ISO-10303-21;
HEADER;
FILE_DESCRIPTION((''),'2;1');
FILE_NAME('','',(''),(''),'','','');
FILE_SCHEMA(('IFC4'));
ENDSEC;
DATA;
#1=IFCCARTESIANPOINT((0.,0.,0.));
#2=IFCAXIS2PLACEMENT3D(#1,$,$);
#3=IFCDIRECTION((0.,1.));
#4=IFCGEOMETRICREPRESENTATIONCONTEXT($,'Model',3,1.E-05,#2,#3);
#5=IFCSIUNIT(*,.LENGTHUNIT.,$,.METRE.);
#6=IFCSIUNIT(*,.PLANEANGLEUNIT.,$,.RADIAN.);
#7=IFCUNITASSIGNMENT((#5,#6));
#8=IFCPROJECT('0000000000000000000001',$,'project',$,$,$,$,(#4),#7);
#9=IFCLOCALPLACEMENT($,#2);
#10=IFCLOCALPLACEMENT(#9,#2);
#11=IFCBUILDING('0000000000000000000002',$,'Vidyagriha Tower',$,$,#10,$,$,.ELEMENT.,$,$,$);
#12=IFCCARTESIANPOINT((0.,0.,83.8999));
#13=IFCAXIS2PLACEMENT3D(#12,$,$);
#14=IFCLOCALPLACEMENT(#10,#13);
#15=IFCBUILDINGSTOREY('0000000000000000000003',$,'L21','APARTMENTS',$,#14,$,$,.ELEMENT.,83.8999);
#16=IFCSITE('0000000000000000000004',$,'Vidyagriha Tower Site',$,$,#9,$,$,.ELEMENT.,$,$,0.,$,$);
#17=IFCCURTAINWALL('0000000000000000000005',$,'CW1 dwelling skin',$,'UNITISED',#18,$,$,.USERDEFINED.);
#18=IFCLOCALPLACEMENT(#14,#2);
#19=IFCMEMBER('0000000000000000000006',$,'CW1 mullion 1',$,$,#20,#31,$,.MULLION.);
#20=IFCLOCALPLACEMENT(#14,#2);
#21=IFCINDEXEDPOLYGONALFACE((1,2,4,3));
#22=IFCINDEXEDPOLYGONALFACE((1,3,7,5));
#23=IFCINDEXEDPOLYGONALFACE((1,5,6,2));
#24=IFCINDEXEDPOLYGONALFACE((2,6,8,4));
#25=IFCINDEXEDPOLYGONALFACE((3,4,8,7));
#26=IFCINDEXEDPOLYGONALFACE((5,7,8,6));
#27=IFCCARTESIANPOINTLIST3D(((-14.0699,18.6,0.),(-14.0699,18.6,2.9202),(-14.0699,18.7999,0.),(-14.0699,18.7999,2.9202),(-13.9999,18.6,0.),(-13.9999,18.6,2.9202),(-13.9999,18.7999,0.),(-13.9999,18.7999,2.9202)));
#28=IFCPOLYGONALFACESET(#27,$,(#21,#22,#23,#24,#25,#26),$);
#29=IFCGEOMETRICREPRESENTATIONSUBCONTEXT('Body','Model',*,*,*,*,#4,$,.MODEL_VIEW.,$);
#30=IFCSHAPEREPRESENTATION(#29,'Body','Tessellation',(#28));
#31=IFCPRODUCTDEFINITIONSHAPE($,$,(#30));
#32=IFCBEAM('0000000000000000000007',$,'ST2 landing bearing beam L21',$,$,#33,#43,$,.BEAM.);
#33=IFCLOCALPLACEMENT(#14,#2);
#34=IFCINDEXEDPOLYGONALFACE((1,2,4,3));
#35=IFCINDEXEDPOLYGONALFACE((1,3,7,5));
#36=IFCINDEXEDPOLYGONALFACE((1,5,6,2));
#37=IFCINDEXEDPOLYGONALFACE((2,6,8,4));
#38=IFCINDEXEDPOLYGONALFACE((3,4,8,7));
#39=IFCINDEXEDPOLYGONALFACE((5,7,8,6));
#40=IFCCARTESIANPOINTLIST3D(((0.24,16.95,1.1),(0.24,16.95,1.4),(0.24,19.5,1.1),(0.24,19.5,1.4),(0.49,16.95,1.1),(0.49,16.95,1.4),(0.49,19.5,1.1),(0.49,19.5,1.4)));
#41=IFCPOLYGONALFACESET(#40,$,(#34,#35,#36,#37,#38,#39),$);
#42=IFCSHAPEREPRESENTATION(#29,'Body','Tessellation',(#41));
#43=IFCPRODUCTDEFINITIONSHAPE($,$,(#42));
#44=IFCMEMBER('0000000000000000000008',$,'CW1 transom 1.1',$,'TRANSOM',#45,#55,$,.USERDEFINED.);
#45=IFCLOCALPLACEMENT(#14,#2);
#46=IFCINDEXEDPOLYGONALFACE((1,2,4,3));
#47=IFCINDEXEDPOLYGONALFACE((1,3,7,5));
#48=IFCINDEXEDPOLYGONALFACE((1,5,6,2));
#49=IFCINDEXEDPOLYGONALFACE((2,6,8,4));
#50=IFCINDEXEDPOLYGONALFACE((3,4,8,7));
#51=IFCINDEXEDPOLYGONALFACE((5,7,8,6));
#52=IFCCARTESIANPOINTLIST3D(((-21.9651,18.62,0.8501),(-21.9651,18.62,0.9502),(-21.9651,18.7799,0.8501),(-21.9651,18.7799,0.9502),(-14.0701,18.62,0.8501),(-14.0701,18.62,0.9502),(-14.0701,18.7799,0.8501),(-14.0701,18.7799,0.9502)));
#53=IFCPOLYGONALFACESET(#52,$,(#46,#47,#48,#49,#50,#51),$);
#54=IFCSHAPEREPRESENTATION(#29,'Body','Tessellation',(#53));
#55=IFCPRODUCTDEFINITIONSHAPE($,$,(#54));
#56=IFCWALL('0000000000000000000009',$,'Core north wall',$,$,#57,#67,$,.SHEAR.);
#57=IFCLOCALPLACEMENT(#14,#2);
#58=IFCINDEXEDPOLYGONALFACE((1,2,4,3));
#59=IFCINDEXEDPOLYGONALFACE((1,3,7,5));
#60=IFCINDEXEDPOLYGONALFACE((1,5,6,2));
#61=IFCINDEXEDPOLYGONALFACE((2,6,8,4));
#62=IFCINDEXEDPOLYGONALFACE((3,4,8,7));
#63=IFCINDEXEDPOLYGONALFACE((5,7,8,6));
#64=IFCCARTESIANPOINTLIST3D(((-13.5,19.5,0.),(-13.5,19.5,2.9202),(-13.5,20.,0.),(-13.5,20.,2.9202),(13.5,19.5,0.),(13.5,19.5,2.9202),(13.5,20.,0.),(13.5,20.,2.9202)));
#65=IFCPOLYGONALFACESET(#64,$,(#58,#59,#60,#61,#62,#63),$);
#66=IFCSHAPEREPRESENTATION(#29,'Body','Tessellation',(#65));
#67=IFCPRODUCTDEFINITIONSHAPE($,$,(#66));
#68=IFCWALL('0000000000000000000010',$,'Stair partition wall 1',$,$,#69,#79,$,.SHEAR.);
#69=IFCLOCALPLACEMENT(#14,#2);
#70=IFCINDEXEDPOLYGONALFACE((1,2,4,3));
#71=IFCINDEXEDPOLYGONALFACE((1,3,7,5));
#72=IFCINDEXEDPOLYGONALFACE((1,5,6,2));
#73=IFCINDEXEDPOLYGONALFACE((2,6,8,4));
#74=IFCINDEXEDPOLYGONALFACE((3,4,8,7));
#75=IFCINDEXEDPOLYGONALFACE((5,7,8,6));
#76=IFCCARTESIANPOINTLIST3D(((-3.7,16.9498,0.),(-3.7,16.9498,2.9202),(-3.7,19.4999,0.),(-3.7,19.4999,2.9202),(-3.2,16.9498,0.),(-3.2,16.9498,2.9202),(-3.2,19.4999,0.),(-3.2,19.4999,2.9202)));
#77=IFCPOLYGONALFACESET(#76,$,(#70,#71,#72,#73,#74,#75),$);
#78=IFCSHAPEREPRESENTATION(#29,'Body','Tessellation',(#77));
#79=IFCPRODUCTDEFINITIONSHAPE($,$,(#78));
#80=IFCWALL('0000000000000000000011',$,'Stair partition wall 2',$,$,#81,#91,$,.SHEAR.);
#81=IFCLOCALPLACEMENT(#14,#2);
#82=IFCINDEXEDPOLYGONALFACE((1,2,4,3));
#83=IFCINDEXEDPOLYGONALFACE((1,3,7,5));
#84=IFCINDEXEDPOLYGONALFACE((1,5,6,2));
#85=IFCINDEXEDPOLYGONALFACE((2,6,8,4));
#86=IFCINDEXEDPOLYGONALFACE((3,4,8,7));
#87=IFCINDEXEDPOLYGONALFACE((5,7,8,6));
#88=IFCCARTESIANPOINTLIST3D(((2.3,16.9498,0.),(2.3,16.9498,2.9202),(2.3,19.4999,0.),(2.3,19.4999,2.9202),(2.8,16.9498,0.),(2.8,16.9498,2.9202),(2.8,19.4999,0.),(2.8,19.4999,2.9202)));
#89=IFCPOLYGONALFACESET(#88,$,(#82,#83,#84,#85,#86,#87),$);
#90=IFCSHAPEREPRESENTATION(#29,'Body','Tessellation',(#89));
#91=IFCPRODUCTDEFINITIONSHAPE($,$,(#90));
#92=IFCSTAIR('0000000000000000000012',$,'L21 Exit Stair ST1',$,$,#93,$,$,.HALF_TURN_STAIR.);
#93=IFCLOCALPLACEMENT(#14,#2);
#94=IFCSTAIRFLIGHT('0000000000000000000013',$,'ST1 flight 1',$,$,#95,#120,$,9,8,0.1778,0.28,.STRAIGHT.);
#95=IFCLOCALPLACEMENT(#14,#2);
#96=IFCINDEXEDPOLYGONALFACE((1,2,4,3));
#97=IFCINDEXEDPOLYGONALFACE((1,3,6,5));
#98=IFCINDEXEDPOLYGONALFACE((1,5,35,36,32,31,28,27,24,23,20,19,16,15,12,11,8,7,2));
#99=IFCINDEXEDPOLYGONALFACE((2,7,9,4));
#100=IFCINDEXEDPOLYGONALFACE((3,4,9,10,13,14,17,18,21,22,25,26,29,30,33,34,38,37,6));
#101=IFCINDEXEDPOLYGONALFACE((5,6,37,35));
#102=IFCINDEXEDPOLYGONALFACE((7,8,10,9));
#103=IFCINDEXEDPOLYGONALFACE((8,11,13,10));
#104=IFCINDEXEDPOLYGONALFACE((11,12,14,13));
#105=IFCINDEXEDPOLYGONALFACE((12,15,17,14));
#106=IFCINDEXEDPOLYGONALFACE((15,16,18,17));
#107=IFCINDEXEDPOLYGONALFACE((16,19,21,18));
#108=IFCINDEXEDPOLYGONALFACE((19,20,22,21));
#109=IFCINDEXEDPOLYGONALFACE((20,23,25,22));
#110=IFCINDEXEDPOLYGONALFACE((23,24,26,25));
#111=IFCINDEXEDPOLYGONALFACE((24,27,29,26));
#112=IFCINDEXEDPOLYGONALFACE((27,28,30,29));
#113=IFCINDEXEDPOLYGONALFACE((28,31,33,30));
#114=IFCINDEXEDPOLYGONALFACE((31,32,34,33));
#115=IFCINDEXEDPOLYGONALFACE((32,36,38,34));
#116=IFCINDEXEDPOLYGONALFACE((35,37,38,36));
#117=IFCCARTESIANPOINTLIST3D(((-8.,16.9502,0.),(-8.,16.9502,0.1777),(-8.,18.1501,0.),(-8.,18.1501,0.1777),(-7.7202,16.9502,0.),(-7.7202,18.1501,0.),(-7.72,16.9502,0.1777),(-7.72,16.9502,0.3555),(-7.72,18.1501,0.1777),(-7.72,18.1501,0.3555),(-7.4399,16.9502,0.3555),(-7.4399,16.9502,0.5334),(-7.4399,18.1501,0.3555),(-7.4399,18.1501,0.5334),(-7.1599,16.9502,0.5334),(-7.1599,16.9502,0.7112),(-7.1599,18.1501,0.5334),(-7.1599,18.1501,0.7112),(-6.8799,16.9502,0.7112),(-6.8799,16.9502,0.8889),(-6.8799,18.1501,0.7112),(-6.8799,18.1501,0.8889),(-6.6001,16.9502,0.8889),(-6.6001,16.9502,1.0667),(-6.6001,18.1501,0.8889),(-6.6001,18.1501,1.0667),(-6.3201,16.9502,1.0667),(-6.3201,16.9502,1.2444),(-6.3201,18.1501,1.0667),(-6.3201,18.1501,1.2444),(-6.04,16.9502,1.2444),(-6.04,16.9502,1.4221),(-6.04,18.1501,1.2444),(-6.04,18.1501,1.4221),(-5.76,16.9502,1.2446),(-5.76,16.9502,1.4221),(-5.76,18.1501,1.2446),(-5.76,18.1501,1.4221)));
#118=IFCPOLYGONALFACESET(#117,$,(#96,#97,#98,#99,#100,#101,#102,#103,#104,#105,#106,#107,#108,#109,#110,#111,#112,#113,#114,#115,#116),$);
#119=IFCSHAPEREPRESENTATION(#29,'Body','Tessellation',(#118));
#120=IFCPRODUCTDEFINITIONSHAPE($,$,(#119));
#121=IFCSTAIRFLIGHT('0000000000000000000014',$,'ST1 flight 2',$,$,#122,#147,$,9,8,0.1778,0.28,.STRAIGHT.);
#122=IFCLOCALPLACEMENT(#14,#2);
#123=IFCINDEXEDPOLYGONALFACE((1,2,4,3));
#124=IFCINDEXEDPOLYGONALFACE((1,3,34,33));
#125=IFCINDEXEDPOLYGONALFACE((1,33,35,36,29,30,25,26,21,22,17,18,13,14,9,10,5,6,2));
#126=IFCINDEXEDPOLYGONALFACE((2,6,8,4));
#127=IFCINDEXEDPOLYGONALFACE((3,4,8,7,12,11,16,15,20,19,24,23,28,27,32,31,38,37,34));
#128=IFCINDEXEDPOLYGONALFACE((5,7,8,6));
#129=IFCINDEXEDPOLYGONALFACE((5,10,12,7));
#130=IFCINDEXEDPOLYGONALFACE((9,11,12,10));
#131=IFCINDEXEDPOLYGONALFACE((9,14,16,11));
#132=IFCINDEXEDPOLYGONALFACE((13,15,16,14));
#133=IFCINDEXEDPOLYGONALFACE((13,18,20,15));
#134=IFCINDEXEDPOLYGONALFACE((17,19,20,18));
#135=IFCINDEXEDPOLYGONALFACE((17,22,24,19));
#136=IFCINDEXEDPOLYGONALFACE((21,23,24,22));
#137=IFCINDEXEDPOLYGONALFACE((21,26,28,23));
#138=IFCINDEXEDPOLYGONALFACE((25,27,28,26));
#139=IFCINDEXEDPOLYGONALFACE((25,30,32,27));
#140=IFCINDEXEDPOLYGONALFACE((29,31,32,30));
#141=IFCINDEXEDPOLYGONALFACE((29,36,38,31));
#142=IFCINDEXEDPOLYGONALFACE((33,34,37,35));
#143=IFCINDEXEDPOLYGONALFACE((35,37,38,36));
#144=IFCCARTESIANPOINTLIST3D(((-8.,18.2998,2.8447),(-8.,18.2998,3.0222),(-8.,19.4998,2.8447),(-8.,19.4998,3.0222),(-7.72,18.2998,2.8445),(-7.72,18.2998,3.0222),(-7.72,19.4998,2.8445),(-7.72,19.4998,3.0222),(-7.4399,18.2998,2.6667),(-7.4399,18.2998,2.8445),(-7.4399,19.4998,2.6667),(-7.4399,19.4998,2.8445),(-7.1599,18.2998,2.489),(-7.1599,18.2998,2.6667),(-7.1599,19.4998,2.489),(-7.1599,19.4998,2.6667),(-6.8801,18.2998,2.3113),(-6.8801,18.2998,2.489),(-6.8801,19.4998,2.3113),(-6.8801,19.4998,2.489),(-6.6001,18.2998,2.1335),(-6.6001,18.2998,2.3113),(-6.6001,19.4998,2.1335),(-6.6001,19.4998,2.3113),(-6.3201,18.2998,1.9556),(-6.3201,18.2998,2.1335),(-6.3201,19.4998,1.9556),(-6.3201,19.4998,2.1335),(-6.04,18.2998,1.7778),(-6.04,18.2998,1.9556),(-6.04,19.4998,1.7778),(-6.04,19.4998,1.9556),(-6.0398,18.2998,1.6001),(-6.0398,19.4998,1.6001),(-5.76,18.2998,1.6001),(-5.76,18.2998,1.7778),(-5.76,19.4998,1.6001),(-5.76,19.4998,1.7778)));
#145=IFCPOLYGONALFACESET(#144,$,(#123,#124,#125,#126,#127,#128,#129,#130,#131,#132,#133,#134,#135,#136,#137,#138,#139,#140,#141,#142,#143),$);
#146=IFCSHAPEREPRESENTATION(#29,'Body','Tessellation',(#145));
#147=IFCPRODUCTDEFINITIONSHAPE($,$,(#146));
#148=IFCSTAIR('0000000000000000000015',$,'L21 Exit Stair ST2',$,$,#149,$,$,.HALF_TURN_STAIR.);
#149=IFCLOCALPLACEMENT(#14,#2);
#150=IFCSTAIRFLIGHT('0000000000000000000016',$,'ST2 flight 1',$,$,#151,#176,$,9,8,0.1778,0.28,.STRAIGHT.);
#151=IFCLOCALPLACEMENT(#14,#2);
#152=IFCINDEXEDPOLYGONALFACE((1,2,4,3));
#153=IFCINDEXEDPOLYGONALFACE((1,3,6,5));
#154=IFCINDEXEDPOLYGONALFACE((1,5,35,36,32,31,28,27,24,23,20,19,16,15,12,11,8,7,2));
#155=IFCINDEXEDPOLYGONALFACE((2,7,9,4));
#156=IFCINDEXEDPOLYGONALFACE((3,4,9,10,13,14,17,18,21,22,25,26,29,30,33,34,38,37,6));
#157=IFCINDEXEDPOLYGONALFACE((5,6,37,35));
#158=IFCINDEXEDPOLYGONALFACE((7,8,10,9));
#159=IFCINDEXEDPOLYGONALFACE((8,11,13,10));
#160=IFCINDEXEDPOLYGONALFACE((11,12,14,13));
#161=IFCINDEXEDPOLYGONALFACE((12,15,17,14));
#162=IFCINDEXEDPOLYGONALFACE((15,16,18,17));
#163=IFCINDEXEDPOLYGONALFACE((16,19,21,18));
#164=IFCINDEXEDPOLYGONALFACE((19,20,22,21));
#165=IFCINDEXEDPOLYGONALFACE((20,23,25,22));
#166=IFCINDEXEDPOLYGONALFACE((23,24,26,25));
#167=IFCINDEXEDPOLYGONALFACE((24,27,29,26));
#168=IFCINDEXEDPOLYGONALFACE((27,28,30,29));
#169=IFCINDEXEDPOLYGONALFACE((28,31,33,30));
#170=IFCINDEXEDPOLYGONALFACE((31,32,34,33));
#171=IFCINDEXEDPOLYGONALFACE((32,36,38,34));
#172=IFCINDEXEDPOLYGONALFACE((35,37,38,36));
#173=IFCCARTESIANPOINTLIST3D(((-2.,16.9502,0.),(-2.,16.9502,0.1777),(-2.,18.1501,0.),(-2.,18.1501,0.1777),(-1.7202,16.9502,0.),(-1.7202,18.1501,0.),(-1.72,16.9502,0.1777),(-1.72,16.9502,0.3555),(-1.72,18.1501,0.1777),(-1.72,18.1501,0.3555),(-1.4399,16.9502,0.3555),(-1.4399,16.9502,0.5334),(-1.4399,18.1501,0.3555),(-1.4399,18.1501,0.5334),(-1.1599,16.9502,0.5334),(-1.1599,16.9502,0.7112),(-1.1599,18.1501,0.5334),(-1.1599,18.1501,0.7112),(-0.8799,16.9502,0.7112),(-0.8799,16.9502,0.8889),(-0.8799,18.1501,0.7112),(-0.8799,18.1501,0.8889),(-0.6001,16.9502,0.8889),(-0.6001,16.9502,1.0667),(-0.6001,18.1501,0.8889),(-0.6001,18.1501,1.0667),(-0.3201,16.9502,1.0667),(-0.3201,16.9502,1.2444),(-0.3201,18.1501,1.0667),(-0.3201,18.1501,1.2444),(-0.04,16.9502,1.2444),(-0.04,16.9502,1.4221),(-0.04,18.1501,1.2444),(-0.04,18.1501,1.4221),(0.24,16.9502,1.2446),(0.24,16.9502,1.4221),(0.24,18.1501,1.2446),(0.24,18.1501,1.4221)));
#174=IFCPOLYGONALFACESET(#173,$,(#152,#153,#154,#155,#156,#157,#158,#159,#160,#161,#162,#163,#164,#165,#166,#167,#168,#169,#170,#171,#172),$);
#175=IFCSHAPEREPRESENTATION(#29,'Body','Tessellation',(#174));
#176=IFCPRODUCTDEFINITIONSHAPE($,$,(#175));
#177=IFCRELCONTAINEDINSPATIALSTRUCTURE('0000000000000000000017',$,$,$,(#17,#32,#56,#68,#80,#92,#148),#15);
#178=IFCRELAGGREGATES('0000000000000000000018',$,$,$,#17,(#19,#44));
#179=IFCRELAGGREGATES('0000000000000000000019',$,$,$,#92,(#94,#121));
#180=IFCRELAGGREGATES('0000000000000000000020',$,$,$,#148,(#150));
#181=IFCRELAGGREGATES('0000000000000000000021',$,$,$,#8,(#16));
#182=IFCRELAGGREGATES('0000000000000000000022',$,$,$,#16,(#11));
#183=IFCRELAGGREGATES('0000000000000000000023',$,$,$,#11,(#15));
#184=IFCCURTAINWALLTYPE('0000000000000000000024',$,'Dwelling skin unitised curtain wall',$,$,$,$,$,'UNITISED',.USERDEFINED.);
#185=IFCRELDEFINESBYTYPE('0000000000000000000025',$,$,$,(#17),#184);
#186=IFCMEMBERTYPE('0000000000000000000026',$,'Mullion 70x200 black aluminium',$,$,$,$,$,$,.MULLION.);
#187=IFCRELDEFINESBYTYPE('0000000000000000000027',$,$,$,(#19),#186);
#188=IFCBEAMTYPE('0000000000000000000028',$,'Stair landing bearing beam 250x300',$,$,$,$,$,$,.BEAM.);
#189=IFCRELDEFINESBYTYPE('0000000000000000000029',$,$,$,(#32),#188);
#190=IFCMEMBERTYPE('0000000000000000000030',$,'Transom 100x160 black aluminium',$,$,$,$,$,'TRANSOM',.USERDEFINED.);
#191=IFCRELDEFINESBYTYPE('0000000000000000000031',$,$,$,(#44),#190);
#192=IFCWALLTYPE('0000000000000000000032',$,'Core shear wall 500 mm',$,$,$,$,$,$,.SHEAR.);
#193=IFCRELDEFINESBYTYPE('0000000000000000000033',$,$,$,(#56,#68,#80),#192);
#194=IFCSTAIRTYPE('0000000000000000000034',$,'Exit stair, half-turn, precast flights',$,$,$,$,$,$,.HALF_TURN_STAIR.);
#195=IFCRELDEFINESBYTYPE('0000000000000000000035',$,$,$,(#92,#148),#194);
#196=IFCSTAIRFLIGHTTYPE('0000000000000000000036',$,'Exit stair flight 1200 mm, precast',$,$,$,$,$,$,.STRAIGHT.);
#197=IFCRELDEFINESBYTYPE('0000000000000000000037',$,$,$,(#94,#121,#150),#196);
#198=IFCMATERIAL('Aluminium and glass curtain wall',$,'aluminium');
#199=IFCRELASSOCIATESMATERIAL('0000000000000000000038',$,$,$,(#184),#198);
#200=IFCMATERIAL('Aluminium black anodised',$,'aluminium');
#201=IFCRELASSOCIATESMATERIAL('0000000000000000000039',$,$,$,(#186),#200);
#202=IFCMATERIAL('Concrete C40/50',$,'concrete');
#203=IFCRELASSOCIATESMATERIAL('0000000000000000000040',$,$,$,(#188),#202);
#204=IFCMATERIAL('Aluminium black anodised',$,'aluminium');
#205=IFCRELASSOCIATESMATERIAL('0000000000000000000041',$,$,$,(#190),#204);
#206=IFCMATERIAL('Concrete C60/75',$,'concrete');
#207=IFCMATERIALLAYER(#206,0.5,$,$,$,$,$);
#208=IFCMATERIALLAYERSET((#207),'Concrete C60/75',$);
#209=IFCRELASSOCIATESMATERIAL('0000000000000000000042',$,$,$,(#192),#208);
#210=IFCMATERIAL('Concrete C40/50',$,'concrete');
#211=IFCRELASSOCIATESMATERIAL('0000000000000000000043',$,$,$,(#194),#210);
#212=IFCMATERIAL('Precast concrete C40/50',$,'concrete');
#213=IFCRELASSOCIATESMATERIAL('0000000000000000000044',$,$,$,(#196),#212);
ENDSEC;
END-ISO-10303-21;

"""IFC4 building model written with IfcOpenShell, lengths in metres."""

from ifc_helpers import new_model, si_unit, direction, frame, frame_2d, origin, origin_2d, place, context, subcontext, project, spatial, polyline, rectangle, outline, extrude, material, layer, layer_set, material_profile, profile_set, type_object, element, aggregate, save


model = new_model("IFC4")

# Units and contexts
model_context = context("Model", 3, precision=1e-05, world=origin(), true_north=direction((0.0, 1.0)))
body_context = subcontext(model_context, "Body", "Model", "MODEL_VIEW")
ifc_project = project(units=[si_unit("LENGTHUNIT", "METRE"), si_unit("PLANEANGLEUNIT", "RADIAN")], contexts=[model_context])

# Site, building, storey
site_placement = place(None, origin())
site = spatial("IfcSite", under=ifc_project, at=site_placement, Name="Vidyagriha Tower Site", CompositionType="ELEMENT", RefElevation=0.0)
building_placement = place(site_placement, origin())
building = spatial("IfcBuilding", under=site, at=building_placement, Name="Vidyagriha Tower", CompositionType="ELEMENT")
storey_placement = place(building_placement, frame((0.0, 0.0, 83.8999)))
storey = spatial("IfcBuildingStorey", under=building, at=storey_placement, Name="L21", Description="APARTMENTS", CompositionType="ELEMENT", Elevation=83.8999)

# Curtain wall, member
ifc_material_1 = material(Name="Aluminium and glass curtain wall", Category="aluminium")
curtain_wall_type = type_object("IfcCurtainWallType", Name="Dwelling skin unitised curtain wall", ElementType="UNITISED", PredefinedType="USERDEFINED", material=ifc_material_1)
curtain_wall_placement = place(storey_placement, origin())
curtain_wall = element("IfcCurtainWall", 1, at=curtain_wall_placement, inside=storey, type_object=curtain_wall_type, Name="CW1 dwelling skin", ObjectType="UNITISED", PredefinedType="USERDEFINED")
ifc_material_2 = material(Name="Aluminium black anodised", Category="aluminium")
ifc_material_profile_1 = material_profile(ifc_material_2, rectangle(XDim=0.2, YDim=0.0701, at=origin_2d()), Name="Mullion 70x200 black aluminium")
ifc_profile_set_1 = profile_set([ifc_material_profile_1], Name="Aluminium black anodised")
member_type_1 = type_object("IfcMemberType", Name="Mullion 70x200 black aluminium", PredefinedType="MULLION", material=ifc_profile_set_1)
member_1_placement = place(storey_placement, frame((-14.0349, 18.7, 0.0), z_axis=(0.0, 0.0, 1.0), x_axis=(0.0, -1.0, 0.0)))
member_1 = element("IfcMember", 2, at=member_1_placement, type_object=member_type_1, Name="CW1 mullion 1", PredefinedType="MULLION", context=body_context, shape_type="SweptSolid", body=[
    extrude(rectangle(XDim=0.2, YDim=0.0701, at=origin_2d()), origin(), (0.0, 0.0, 1.0), 2.9202),
])

# Beam
ifc_material_3 = material(Name="Concrete C40/50", Category="concrete")
ifc_material_profile_2 = material_profile(ifc_material_3, rectangle(XDim=0.25, YDim=0.3, at=origin_2d()), Name="Stair landing bearing beam 250x300")
ifc_profile_set_2 = profile_set([ifc_material_profile_2], Name="Concrete C40/50")
beam_type = type_object("IfcBeamType", Name="Stair landing bearing beam 250x300", PredefinedType="BEAM", material=ifc_profile_set_2)
beam_placement = place(storey_placement, frame((0.365, 16.95, 1.25), z_axis=(0.0, 1.0, 0.0), x_axis=(-1.0, 0.0, 0.0)))
element("IfcBeam", 3, at=beam_placement, inside=storey, type_object=beam_type, Name="ST2 landing bearing beam L21", PredefinedType="BEAM", context=body_context, shape_type="SweptSolid", body=[
    extrude(rectangle(XDim=0.25, YDim=0.3, at=origin_2d()), origin(), (0.0, 0.0, 1.0), 2.55),
])

# Member
ifc_material_4 = material(Name="Aluminium black anodised", Category="aluminium")
ifc_material_profile_3 = material_profile(ifc_material_4, rectangle(XDim=0.1599, YDim=0.1001, at=origin_2d()), Name="Transom 100x160 black aluminium")
ifc_profile_set_3 = profile_set([ifc_material_profile_3], Name="Aluminium black anodised")
member_type_2 = type_object("IfcMemberType", Name="Transom 100x160 black aluminium", ElementType="TRANSOM", PredefinedType="USERDEFINED", material=ifc_profile_set_3)
member_2_placement = place(storey_placement, frame((-14.0701, 18.7, 0.9001), z_axis=(-1.0, 0.0, 0.0), x_axis=(0.0, -1.0, 0.0)))
member_2 = element("IfcMember", 4, at=member_2_placement, type_object=member_type_2, Name="CW1 transom 1.1", ObjectType="TRANSOM", PredefinedType="USERDEFINED", context=body_context, shape_type="SweptSolid", body=[
    extrude(rectangle(XDim=0.1599, YDim=0.1001, at=origin_2d()), origin(), (0.0, 0.0, 1.0), 7.895),
])
aggregate(curtain_wall, [member_1, member_2])

# Walls
ifc_material_5 = material(Name="Concrete C60/75", Category="concrete")
ifc_layer_1 = layer(ifc_material_5, 0.5)
ifc_layer_set_1 = layer_set([ifc_layer_1], Name="Concrete C60/75")
wall_type = type_object("IfcWallType", Name="Core shear wall 500 mm", PredefinedType="SHEAR", material=ifc_layer_set_1)
wall_placement = place(storey_placement, frame((-13.5, 19.75, 0.0)))
element("IfcWall", 5, at=wall_placement, inside=storey, type_object=wall_type, Name="Core north wall", PredefinedType="SHEAR", context=body_context, shape_type="SweptSolid", body=[
    extrude(rectangle(XDim=27.0, YDim=0.5, at=frame_2d((13.5, 0.0))), origin(), (0.0, 0.0, 1.0), 2.9202),
])
for number, where, z_axis, x_axis, name in (
    (6, (-3.45, 16.95, 0.0), (0.0, 0.0, 1.0), (0.0, 1.0, 0.0), "Stair partition wall 1"),
    (7, (2.55, 16.95, 0.0), (0.0, 0.0, 1.0), (0.0, 1.0, 0.0), "Stair partition wall 2"),
):
    element("IfcWall", number, at=place(storey_placement, frame(where, z_axis=z_axis, x_axis=x_axis)), inside=storey, type_object=wall_type, Name=name, PredefinedType="SHEAR", context=body_context, shape_type="SweptSolid", body=[
        extrude(rectangle(XDim=2.55, YDim=0.5, at=frame_2d((1.2749, 0.0))), origin(), (0.0, 0.0, 1.0), 2.9202),
    ])

# Stairs, stair flights
ifc_material_6 = material(Name="Concrete C40/50", Category="concrete")
stair_type = type_object("IfcStairType", Name="Exit stair, half-turn, precast flights", PredefinedType="HALF_TURN_STAIR", material=ifc_material_6)
stair_1_placement = place(storey_placement, origin())
stair_1 = element("IfcStair", 8, at=stair_1_placement, inside=storey, type_object=stair_type, Name="L21 Exit Stair ST1", PredefinedType="HALF_TURN_STAIR")
ifc_material_7 = material(Name="Precast concrete C40/50", Category="concrete")
stair_flight_type = type_object("IfcStairFlightType", Name="Exit stair flight 1200 mm, precast", PredefinedType="STRAIGHT", material=ifc_material_7)
stair_flight_1_placement = place(storey_placement, frame((-8.0, 17.55, 0.0)))
stair_flight_1 = element("IfcStairFlight", 9, at=stair_flight_1_placement, type_object=stair_flight_type, Name="ST1 flight 1", NumberOfRisers=9, NumberOfTreads=8, PredefinedType="STRAIGHT", RiserHeight=0.1778, TreadLength=0.28, context=body_context, shape_type="SweptSolid", body=[
    extrude(outline(polyline([(0.0, 0.0), (0.0, 0.1777), (0.28, 0.1777), (0.28, 0.3555), (0.5601, 0.3555), (0.5601, 0.5334), (0.8401, 0.5334), (0.8401, 0.7112), (1.1201, 0.7112), (1.1201, 0.8889), (1.3999, 0.8889), (1.3999, 1.0667), (1.6799, 1.0667), (1.6799, 1.2444), (1.96, 1.2444), (1.96, 1.4221), (2.24, 1.4221), (2.24, 1.6001), (2.24, 1.2446), (0.2798, 0.0), (0.0, 0.0)])), frame((0.0, 0.6001, 0.0), z_axis=(0.0, -1.0, 0.0), x_axis=(1.0, 0.0, 0.0)), (0.0, 0.0, 1.0), 1.2),
])
stair_flight_2_placement = place(storey_placement, frame((-5.76, 18.8999, 1.6001), z_axis=(0.0, 0.0, 1.0), x_axis=(-1.0, 0.0, 0.0)))
stair_flight_2 = element("IfcStairFlight", 10, at=stair_flight_2_placement, type_object=stair_flight_type, Name="ST1 flight 2", NumberOfRisers=9, NumberOfTreads=8, PredefinedType="STRAIGHT", RiserHeight=0.1778, TreadLength=0.28, context=body_context, shape_type="SweptSolid", body=[
    extrude(outline(polyline([(0.0, 0.0), (0.0, 0.1777), (0.28, 0.1777), (0.28, 0.3555), (0.5601, 0.3555), (0.5601, 0.5334), (0.8401, 0.5334), (0.8401, 0.7112), (1.1201, 0.7112), (1.1201, 0.8889), (1.3999, 0.8889), (1.3999, 1.0667), (1.6799, 1.0667), (1.6799, 1.2444), (1.96, 1.2444), (1.96, 1.4221), (2.24, 1.4221), (2.24, 1.6001), (2.24, 1.2446), (0.2798, 0.0), (0.0, 0.0)])), frame((0.0, 0.6001, 0.0), z_axis=(0.0, -1.0, 0.0), x_axis=(1.0, 0.0, 0.0)), (0.0, 0.0, 1.0), 1.2),
])
aggregate(stair_1, [stair_flight_1, stair_flight_2])
stair_2_placement = place(storey_placement, origin())
stair_2 = element("IfcStair", 11, at=stair_2_placement, inside=storey, type_object=stair_type, Name="L21 Exit Stair ST2", PredefinedType="HALF_TURN_STAIR")
stair_flight_3_placement = place(storey_placement, frame((-2.0, 17.55, 0.0)))
stair_flight_3 = element("IfcStairFlight", 12, at=stair_flight_3_placement, type_object=stair_flight_type, Name="ST2 flight 1", NumberOfRisers=9, NumberOfTreads=8, PredefinedType="STRAIGHT", RiserHeight=0.1778, TreadLength=0.28, context=body_context, shape_type="SweptSolid", body=[
    extrude(outline(polyline([(0.0, 0.0), (0.0, 0.1777), (0.28, 0.1777), (0.28, 0.3555), (0.5601, 0.3555), (0.5601, 0.5334), (0.8401, 0.5334), (0.8401, 0.7112), (1.1201, 0.7112), (1.1201, 0.8889), (1.3999, 0.8889), (1.3999, 1.0667), (1.6799, 1.0667), (1.6799, 1.2444), (1.96, 1.2444), (1.96, 1.4221), (2.24, 1.4221), (2.24, 1.6001), (2.24, 1.2446), (0.2798, 0.0), (0.0, 0.0)])), frame((0.0, 0.6001, 0.0), z_axis=(0.0, -1.0, 0.0), x_axis=(1.0, 0.0, 0.0)), (0.0, 0.0, 1.0), 1.2),
])
aggregate(stair_2, [stair_flight_3])

save(model, "model.ifc")
